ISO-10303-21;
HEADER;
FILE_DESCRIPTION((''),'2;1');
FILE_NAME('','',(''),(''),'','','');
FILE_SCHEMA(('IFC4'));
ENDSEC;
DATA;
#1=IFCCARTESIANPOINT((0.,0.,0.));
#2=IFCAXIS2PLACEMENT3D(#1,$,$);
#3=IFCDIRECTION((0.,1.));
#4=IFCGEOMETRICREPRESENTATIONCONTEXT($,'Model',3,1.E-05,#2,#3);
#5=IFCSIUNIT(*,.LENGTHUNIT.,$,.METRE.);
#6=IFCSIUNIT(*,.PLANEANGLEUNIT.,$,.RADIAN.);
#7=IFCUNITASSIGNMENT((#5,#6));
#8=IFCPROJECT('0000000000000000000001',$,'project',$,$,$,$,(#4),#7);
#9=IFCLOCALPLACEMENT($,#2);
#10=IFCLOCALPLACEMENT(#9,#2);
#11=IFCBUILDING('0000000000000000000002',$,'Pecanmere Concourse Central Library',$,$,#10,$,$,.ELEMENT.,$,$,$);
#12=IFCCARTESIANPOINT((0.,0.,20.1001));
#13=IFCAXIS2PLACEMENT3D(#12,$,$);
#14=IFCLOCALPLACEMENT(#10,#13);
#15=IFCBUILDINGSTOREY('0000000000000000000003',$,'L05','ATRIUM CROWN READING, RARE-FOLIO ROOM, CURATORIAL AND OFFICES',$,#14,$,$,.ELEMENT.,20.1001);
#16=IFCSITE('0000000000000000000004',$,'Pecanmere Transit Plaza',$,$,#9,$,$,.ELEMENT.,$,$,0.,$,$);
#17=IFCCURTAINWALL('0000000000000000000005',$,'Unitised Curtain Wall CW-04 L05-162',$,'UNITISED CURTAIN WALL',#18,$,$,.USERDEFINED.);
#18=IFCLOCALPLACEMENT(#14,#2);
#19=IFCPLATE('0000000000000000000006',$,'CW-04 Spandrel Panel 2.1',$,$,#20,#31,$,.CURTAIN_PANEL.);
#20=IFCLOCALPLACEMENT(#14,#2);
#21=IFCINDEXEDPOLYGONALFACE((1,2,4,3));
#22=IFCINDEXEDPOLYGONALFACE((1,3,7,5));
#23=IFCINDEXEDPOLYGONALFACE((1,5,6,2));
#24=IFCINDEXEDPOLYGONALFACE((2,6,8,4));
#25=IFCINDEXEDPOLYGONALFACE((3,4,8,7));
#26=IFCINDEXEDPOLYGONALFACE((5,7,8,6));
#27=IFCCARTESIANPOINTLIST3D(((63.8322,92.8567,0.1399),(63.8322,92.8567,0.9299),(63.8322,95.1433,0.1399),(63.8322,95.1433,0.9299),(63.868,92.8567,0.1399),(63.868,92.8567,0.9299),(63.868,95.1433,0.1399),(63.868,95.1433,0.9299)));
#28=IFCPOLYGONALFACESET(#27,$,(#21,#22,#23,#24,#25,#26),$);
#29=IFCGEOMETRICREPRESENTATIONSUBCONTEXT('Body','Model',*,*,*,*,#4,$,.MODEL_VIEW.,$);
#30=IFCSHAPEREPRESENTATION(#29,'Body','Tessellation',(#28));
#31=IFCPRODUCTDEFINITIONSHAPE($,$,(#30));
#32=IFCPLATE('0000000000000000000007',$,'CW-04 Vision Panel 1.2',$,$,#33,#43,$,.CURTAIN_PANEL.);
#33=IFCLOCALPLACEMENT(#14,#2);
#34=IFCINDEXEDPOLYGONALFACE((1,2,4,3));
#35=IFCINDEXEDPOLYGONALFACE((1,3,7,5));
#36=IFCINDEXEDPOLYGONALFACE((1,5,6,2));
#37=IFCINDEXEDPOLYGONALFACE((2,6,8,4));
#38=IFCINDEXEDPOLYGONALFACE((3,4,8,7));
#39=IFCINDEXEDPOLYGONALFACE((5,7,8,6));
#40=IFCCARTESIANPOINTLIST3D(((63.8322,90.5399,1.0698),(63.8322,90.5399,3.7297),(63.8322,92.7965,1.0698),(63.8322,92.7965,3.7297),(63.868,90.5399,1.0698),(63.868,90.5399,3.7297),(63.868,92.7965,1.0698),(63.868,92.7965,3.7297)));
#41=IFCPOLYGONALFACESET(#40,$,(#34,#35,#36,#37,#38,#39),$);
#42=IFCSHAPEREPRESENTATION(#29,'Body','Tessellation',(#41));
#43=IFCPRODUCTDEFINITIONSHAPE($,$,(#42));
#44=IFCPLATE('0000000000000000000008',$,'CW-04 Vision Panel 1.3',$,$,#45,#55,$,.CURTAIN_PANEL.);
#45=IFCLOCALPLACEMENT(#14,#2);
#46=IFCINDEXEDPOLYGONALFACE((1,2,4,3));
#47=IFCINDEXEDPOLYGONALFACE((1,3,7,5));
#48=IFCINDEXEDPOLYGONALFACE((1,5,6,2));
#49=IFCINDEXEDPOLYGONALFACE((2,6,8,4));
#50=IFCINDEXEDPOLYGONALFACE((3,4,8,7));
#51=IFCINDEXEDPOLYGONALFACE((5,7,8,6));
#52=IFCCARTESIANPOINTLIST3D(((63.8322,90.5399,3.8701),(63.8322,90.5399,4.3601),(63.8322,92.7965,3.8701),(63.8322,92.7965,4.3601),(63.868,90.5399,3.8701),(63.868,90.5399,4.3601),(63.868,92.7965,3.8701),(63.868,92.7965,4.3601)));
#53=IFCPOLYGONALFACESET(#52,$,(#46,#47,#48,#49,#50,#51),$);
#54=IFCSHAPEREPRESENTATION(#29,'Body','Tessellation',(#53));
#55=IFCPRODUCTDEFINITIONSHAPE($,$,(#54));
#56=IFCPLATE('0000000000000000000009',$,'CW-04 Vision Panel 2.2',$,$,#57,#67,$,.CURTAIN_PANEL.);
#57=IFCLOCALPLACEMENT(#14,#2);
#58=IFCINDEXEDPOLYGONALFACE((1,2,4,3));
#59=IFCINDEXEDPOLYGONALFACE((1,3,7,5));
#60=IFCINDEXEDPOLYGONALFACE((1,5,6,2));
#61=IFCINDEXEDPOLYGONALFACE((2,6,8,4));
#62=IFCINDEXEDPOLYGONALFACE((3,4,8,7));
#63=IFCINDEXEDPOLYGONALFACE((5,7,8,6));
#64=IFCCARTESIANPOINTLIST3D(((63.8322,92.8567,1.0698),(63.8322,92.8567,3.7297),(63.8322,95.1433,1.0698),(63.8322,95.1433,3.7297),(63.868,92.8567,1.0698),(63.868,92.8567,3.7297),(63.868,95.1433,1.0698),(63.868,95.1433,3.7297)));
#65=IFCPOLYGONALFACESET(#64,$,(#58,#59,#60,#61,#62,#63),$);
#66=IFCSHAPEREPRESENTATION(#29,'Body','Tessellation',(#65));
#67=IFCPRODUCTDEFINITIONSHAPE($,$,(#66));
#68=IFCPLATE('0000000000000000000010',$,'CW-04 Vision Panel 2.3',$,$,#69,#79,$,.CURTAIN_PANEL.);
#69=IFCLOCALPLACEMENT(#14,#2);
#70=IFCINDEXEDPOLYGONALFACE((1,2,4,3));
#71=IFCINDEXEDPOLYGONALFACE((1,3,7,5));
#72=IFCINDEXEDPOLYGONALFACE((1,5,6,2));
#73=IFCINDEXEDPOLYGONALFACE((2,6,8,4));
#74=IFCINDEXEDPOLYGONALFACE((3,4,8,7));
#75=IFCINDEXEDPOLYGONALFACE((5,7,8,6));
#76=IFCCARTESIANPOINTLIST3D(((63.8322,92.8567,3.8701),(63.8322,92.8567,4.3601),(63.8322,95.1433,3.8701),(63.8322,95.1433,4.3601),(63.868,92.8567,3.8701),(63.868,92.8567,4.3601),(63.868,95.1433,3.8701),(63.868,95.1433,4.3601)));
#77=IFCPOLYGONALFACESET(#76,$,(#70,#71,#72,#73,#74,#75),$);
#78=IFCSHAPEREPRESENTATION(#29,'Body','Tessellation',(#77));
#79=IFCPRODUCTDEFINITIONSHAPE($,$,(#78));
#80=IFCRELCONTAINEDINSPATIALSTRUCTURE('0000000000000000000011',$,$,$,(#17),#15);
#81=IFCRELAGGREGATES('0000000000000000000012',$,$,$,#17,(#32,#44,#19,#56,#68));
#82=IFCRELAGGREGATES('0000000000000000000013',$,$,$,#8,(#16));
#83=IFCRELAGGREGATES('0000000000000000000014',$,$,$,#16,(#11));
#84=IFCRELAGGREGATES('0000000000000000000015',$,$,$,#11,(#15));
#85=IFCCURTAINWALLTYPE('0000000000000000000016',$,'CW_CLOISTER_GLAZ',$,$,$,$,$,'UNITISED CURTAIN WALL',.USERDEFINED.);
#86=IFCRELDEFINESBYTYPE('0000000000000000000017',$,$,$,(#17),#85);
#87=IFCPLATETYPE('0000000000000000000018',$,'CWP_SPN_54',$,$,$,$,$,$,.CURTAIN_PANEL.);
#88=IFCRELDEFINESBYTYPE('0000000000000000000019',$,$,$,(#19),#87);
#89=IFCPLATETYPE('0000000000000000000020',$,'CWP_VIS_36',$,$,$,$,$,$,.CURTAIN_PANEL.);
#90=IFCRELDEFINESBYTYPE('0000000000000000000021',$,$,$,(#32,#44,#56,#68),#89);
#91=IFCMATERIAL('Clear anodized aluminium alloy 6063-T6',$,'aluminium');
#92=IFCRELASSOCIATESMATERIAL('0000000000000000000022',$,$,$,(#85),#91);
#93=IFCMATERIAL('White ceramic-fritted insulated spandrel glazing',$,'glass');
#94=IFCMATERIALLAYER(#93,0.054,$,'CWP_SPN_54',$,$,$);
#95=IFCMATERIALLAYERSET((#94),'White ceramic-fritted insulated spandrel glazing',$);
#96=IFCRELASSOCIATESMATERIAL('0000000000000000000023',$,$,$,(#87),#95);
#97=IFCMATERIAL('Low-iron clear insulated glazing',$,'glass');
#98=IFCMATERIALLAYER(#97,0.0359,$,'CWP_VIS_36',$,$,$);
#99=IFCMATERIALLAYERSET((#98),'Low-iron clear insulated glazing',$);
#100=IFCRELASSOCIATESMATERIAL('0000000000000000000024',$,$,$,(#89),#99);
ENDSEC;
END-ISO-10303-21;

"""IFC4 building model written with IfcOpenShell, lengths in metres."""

from ifc_helpers import new_model, si_unit, direction, frame, origin, origin_2d, place, context, subcontext, project, spatial, rectangle, extrude, material, layer, layer_set, type_object, element, aggregate, save


model = new_model("IFC4")

# Units and contexts
model_context = context("Model", 3, precision=1e-05, world=origin(), true_north=direction((0.0, 1.0)))
body_context = subcontext(model_context, "Body", "Model", "MODEL_VIEW")
ifc_project = project(units=[si_unit("LENGTHUNIT", "METRE"), si_unit("PLANEANGLEUNIT", "RADIAN")], contexts=[model_context])

# Site, building, storey
site_placement = place(None, origin())
site = spatial("IfcSite", under=ifc_project, at=site_placement, Name="Pecanmere Transit Plaza", CompositionType="ELEMENT", RefElevation=0.0)
building_placement = place(site_placement, origin())
building = spatial("IfcBuilding", under=site, at=building_placement, Name="Pecanmere Concourse Central Library", CompositionType="ELEMENT")
storey_placement = place(building_placement, frame((0.0, 0.0, 20.1001)))
storey = spatial("IfcBuildingStorey", under=building, at=storey_placement, Name="L05", Description="ATRIUM CROWN READING, RARE-FOLIO ROOM, CURATORIAL AND OFFICES", CompositionType="ELEMENT", Elevation=20.1001)

# Curtain wall, plates
ifc_material_1 = material(Name="Clear anodized aluminium alloy 6063-T6", Category="aluminium")
curtain_wall_type = type_object("IfcCurtainWallType", Name="CW_CLOISTER_GLAZ", ElementType="UNITISED CURTAIN WALL", PredefinedType="USERDEFINED", material=ifc_material_1)
curtain_wall_placement = place(storey_placement, origin())
curtain_wall = element("IfcCurtainWall", 1, at=curtain_wall_placement, inside=storey, type_object=curtain_wall_type, Name="Unitised Curtain Wall CW-04 L05-162", ObjectType="UNITISED CURTAIN WALL", PredefinedType="USERDEFINED")
ifc_material_2 = material(Name="White ceramic-fritted insulated spandrel glazing", Category="glass")
ifc_layer_1 = layer(ifc_material_2, 0.054, Name="CWP_SPN_54")
ifc_layer_set_1 = layer_set([ifc_layer_1], Name="White ceramic-fritted insulated spandrel glazing")
plate_type_1 = type_object("IfcPlateType", Name="CWP_SPN_54", PredefinedType="CURTAIN_PANEL", material=ifc_layer_set_1)
plate_1_placement = place(storey_placement, frame((63.8501, 94.0, 0.1399), z_axis=(0.0, 0.0, 1.0), x_axis=(0.0, 1.0, 0.0)))
plate_1 = element("IfcPlate", 2, at=plate_1_placement, type_object=plate_type_1, Name="CW-04 Spandrel Panel 2.1", PredefinedType="CURTAIN_PANEL", context=body_context, shape_type="SweptSolid", body=[
    extrude(rectangle(XDim=2.2866, YDim=0.0359, at=origin_2d()), origin(), (0.0, 0.0, 1.0), 0.79),
])
ifc_material_3 = material(Name="Low-iron clear insulated glazing", Category="glass")
ifc_layer_2 = layer(ifc_material_3, 0.0359, Name="CWP_VIS_36")
ifc_layer_set_2 = layer_set([ifc_layer_2], Name="Low-iron clear insulated glazing")
plate_type_2 = type_object("IfcPlateType", Name="CWP_VIS_36", PredefinedType="CURTAIN_PANEL", material=ifc_layer_set_2)
plate_2_placement = place(storey_placement, frame((63.8501, 91.6682, 1.0698), z_axis=(0.0, 0.0, 1.0), x_axis=(0.0, 1.0, 0.0)))
plate_2 = element("IfcPlate", 3, at=plate_2_placement, type_object=plate_type_2, Name="CW-04 Vision Panel 1.2", PredefinedType="CURTAIN_PANEL", context=body_context, shape_type="SweptSolid", body=[
    extrude(rectangle(XDim=2.2566, YDim=0.0359, at=origin_2d()), origin(), (0.0, 0.0, 1.0), 2.6599),
])
plate_3_placement = place(storey_placement, frame((63.8501, 91.6682, 3.8701), z_axis=(0.0, 0.0, 1.0), x_axis=(0.0, 1.0, 0.0)))
plate_3 = element("IfcPlate", 4, at=plate_3_placement, type_object=plate_type_2, Name="CW-04 Vision Panel 1.3", PredefinedType="CURTAIN_PANEL", context=body_context, shape_type="SweptSolid", body=[
    extrude(rectangle(XDim=2.2566, YDim=0.0359, at=origin_2d()), origin(), (0.0, 0.0, 1.0), 0.49),
])
plate_4_placement = place(storey_placement, frame((63.8501, 94.0, 1.0698), z_axis=(0.0, 0.0, 1.0), x_axis=(0.0, 1.0, 0.0)))
plate_4 = element("IfcPlate", 5, at=plate_4_placement, type_object=plate_type_2, Name="CW-04 Vision Panel 2.2", PredefinedType="CURTAIN_PANEL", context=body_context, shape_type="SweptSolid", body=[
    extrude(rectangle(XDim=2.2866, YDim=0.0359, at=origin_2d()), origin(), (0.0, 0.0, 1.0), 2.6599),
])
plate_5_placement = place(storey_placement, frame((63.8501, 94.0, 3.8701), z_axis=(0.0, 0.0, 1.0), x_axis=(0.0, 1.0, 0.0)))
plate_5 = element("IfcPlate", 6, at=plate_5_placement, type_object=plate_type_2, Name="CW-04 Vision Panel 2.3", PredefinedType="CURTAIN_PANEL", context=body_context, shape_type="SweptSolid", body=[
    extrude(rectangle(XDim=2.2866, YDim=0.0359, at=origin_2d()), origin(), (0.0, 0.0, 1.0), 0.49),
])
aggregate(curtain_wall, [plate_2, plate_3, plate_1, plate_4, plate_5])

save(model, "model.ifc")
